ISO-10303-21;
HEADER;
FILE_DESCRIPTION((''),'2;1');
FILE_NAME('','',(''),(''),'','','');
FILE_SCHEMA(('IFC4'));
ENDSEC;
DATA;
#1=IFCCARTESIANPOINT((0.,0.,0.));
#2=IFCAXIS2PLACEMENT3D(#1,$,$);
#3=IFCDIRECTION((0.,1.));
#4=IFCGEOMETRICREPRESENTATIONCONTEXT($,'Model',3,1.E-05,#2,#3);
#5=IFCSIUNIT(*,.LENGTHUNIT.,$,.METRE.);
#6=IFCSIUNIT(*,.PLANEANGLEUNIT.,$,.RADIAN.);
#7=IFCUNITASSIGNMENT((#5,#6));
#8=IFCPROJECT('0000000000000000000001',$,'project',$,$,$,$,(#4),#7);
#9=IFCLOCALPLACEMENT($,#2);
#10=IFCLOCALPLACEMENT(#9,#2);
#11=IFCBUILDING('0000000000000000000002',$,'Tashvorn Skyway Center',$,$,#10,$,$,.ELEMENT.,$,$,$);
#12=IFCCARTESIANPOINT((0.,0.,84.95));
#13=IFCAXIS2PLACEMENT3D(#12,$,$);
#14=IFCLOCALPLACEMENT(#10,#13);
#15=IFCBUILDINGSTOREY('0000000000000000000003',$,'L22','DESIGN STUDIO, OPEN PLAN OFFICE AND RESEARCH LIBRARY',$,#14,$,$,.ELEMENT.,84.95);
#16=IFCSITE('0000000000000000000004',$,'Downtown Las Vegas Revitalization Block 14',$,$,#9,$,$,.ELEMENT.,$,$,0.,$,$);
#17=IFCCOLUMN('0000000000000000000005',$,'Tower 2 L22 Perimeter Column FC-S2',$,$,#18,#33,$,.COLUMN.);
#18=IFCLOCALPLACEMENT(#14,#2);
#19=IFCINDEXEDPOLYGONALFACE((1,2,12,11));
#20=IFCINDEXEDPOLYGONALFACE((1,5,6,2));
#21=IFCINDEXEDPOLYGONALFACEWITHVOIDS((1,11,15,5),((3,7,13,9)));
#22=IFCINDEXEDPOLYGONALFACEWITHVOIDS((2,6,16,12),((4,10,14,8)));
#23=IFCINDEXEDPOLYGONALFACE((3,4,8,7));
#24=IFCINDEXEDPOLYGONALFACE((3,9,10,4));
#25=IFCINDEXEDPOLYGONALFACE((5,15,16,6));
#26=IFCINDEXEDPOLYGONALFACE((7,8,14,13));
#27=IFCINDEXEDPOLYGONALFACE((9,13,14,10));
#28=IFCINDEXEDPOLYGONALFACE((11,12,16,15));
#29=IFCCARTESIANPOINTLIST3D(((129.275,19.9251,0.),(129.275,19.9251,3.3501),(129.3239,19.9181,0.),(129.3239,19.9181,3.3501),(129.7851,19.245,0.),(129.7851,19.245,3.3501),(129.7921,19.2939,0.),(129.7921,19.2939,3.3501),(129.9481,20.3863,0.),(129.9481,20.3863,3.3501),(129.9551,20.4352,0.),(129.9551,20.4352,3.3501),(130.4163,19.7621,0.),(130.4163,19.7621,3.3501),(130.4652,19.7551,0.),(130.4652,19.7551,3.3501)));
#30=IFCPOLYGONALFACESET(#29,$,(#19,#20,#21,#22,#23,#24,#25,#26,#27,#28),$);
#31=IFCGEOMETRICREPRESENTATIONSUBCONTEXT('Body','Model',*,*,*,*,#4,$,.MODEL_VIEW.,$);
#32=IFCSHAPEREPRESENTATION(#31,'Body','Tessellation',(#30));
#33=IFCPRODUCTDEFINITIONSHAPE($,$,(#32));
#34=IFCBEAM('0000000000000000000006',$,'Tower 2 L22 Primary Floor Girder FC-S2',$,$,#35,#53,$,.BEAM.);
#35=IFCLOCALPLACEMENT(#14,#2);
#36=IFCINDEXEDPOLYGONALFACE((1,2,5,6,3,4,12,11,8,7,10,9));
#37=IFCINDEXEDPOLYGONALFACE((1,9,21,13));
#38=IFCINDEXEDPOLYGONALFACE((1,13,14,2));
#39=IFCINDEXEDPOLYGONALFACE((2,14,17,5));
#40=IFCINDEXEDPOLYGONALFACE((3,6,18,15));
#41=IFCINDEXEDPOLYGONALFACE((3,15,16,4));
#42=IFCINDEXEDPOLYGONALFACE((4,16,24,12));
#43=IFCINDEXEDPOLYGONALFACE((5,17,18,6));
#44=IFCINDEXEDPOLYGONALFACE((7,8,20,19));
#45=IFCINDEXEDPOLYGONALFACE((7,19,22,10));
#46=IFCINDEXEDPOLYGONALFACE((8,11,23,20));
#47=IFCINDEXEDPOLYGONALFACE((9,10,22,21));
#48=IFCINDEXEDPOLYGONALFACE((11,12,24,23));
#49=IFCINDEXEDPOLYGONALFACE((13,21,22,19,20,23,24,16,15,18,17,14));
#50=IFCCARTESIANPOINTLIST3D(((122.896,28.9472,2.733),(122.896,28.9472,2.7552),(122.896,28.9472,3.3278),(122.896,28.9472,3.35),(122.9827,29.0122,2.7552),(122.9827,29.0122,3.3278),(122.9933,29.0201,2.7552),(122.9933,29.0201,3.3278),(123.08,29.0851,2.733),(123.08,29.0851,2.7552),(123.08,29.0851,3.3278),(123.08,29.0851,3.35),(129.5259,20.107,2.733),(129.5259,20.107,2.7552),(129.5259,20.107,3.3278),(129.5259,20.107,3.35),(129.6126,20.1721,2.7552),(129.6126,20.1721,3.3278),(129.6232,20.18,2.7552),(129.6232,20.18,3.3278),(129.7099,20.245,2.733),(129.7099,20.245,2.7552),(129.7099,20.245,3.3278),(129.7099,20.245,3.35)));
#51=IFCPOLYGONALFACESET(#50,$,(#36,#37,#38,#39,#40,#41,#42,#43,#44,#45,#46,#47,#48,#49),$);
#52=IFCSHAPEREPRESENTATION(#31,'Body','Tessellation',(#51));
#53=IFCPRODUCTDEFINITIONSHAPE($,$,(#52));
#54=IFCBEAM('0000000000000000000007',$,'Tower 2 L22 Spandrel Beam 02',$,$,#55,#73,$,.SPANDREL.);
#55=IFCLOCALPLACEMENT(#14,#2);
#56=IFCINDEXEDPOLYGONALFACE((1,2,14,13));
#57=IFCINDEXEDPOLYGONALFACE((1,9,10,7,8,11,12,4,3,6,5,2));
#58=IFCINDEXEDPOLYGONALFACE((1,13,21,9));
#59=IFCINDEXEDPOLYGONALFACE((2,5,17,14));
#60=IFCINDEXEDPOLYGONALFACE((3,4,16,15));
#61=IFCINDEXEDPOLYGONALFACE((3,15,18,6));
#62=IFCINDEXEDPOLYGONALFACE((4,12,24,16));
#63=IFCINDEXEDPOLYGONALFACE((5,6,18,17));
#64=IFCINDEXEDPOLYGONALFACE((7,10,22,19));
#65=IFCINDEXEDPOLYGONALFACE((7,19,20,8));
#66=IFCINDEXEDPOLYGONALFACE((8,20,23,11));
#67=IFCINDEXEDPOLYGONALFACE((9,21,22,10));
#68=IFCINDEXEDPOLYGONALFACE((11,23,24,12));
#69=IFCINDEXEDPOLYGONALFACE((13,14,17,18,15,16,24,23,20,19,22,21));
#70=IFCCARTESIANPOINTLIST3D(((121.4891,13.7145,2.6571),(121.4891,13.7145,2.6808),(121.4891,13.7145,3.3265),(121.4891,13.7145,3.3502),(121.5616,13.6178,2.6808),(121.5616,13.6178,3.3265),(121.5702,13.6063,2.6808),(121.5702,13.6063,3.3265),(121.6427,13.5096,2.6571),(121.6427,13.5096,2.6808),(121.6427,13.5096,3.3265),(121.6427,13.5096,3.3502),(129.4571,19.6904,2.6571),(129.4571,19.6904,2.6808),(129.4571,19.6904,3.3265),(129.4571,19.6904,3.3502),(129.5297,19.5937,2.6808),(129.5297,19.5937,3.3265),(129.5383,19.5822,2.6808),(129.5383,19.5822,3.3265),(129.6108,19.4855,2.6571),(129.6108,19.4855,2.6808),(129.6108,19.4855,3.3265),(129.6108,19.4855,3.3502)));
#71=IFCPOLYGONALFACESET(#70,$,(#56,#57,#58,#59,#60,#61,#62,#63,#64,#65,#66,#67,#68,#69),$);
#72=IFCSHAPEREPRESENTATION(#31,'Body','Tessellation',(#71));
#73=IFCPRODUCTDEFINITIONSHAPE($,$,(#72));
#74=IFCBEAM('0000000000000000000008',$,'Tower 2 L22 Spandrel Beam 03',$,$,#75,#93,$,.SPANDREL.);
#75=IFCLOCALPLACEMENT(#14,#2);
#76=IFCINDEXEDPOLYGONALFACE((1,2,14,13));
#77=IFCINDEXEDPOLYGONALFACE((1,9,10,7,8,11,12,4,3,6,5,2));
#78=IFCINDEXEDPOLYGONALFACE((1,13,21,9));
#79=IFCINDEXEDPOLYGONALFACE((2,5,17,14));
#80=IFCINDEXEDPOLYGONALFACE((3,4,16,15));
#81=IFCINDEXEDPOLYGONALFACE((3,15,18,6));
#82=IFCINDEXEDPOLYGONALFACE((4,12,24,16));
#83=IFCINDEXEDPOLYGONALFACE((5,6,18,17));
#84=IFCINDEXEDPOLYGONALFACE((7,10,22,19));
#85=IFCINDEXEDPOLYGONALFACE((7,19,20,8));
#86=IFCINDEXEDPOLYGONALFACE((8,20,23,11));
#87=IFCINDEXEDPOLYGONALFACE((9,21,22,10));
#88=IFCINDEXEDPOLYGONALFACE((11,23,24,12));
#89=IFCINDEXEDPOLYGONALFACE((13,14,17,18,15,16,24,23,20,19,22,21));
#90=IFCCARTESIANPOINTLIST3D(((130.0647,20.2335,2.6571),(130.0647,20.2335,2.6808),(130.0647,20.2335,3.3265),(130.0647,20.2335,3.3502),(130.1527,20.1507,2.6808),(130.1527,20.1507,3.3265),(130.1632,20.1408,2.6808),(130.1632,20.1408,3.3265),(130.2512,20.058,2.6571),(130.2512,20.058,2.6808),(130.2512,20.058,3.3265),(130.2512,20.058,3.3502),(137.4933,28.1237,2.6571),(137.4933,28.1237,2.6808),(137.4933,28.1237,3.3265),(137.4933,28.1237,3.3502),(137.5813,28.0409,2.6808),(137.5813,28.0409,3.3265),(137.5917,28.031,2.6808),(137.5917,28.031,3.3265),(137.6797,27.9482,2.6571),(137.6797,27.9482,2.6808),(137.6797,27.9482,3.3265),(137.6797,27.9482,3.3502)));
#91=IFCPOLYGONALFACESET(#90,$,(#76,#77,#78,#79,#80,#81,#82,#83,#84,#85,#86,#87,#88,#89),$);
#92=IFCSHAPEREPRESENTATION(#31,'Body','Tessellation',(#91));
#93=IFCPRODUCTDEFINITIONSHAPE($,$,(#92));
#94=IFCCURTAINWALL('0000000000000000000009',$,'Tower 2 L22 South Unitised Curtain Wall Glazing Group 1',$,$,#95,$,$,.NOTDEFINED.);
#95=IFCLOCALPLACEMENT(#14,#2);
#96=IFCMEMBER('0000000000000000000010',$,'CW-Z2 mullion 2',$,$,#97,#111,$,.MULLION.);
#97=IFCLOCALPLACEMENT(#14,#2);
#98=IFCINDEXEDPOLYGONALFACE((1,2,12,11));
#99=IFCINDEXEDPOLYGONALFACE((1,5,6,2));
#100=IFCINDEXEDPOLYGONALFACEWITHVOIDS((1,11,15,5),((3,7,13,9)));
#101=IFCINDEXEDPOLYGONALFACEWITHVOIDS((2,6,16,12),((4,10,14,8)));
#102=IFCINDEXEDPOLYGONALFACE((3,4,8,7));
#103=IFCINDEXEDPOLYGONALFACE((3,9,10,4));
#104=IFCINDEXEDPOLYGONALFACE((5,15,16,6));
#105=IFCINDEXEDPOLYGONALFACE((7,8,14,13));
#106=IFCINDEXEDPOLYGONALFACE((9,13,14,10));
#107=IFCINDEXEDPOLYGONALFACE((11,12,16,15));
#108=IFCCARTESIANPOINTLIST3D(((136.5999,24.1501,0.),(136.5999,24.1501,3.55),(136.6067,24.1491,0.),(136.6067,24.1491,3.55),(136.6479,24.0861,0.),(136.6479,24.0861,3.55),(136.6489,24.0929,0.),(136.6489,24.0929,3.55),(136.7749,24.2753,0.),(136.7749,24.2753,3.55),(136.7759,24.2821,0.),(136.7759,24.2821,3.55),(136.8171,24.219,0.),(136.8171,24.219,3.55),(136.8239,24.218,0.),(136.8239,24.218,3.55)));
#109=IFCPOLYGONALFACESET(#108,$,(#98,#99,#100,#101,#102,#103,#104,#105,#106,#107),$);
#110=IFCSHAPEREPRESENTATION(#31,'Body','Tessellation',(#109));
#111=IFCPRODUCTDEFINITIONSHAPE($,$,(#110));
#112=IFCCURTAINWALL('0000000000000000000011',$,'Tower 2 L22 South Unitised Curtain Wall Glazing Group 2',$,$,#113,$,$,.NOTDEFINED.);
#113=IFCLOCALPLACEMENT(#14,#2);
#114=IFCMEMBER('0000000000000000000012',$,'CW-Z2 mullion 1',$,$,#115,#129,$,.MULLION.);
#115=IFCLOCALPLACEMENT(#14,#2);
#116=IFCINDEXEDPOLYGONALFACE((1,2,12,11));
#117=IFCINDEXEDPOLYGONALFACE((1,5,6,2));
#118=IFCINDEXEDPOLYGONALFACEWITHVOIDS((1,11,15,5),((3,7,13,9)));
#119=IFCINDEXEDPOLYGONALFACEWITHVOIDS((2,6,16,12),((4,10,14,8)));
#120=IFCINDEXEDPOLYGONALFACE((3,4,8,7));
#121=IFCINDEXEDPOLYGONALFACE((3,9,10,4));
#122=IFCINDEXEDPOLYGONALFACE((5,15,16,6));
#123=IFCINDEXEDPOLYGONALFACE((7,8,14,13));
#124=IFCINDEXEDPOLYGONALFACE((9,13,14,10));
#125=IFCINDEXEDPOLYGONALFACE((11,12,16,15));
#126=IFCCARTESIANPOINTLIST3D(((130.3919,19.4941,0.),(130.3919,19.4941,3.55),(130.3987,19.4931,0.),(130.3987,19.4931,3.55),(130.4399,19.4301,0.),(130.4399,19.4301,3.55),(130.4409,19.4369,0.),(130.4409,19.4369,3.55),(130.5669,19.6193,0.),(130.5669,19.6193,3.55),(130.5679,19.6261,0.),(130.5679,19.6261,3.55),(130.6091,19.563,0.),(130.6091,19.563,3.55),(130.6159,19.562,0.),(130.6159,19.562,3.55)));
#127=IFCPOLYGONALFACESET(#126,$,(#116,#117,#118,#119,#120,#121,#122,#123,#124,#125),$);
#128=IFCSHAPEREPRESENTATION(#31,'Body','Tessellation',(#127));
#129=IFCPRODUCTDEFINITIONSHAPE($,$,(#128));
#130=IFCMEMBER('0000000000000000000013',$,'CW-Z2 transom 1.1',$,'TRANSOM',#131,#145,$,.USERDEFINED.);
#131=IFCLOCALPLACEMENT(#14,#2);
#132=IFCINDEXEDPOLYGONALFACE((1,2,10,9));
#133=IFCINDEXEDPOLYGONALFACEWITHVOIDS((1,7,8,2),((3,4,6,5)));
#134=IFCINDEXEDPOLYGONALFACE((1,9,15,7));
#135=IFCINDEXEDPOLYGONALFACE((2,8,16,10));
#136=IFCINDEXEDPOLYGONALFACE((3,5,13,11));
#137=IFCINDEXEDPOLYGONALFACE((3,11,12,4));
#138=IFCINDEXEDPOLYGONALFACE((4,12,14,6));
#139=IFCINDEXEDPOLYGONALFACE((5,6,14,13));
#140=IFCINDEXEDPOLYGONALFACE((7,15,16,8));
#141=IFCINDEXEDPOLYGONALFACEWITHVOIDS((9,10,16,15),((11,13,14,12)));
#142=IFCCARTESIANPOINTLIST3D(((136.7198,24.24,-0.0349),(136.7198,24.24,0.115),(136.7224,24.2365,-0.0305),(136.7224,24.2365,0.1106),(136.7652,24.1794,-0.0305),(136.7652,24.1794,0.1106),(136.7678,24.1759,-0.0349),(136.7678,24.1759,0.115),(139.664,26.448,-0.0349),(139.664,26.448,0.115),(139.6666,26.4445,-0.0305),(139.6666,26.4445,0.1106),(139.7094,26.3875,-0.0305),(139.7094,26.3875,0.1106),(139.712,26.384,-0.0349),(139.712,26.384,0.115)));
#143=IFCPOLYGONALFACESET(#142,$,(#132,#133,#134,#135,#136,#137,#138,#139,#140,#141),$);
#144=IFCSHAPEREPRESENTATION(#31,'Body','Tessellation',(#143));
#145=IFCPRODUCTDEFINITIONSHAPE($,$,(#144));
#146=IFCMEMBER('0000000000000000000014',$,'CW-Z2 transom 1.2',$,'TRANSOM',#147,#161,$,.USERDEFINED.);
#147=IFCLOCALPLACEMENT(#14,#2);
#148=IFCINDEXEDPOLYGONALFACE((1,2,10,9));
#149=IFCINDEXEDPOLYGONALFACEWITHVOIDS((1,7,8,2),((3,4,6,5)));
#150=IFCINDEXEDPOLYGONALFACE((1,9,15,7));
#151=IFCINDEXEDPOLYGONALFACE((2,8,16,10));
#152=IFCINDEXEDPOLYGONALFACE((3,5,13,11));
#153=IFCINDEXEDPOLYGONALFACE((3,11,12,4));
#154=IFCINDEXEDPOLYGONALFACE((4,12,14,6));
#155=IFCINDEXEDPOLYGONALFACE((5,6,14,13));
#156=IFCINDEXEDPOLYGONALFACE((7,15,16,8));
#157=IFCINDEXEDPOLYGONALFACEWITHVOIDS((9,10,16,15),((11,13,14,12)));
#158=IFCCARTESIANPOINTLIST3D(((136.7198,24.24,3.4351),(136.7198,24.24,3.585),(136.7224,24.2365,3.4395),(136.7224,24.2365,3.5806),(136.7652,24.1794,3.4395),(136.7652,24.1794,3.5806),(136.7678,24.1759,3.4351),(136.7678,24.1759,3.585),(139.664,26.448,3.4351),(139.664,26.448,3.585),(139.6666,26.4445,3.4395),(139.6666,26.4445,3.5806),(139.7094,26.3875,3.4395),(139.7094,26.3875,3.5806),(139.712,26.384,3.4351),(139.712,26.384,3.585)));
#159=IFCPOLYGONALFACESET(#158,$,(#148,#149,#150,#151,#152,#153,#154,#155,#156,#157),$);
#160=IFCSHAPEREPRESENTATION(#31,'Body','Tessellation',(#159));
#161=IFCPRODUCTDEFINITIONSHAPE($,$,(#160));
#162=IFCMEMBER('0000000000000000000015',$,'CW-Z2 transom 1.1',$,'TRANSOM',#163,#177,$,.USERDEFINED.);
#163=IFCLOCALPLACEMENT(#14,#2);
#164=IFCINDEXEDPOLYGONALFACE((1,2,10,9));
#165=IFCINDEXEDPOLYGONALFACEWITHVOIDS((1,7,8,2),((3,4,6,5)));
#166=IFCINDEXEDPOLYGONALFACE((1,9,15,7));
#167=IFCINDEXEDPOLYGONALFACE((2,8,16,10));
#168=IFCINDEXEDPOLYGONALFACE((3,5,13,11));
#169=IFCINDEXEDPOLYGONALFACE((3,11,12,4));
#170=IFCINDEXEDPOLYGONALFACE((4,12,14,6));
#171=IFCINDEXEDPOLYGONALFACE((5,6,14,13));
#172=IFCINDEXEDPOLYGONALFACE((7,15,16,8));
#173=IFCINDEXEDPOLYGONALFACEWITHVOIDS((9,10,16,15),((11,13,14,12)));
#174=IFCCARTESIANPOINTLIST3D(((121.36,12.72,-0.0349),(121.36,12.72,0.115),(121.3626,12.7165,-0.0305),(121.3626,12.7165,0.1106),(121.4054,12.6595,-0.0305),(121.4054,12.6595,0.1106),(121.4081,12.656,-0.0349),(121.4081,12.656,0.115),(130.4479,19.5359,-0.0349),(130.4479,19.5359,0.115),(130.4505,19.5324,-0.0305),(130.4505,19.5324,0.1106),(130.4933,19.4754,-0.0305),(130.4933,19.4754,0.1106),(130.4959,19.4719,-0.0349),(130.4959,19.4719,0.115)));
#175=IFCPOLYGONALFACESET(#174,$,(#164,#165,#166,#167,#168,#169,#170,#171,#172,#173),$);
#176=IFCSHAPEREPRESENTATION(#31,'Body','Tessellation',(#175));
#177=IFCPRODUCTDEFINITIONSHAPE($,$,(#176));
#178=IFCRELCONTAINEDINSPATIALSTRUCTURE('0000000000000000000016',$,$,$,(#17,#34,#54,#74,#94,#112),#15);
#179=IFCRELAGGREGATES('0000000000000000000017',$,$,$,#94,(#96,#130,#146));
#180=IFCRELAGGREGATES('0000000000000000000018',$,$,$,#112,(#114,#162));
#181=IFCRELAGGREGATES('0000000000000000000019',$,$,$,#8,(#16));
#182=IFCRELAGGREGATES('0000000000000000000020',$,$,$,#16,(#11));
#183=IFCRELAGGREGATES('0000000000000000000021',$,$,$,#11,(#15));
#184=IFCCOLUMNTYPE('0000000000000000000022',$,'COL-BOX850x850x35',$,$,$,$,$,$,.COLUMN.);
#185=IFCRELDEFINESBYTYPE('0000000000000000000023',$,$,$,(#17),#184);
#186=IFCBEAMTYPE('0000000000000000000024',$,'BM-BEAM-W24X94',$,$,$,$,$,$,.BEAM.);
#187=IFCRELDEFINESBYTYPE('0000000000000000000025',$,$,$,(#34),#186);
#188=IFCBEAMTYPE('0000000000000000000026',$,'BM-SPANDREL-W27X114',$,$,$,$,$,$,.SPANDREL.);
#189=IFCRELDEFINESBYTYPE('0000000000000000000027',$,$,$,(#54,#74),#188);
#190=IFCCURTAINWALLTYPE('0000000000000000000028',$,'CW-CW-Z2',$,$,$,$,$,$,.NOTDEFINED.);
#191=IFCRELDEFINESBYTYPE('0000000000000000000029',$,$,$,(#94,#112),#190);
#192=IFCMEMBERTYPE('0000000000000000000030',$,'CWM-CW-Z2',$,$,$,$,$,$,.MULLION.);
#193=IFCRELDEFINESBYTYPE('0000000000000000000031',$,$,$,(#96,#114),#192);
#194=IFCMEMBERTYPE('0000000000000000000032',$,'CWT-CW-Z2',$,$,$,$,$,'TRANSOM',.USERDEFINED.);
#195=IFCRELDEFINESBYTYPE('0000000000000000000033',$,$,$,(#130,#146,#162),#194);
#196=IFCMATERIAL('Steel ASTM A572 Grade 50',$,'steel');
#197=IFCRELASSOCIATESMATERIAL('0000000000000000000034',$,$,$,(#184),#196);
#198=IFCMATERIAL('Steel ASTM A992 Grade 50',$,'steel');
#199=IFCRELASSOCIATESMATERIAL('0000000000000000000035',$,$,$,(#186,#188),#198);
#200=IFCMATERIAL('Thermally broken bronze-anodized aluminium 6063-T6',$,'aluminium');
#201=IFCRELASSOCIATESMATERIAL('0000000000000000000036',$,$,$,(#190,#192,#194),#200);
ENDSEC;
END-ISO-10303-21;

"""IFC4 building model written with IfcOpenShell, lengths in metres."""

from ifc_helpers import new_model, si_unit, direction, frame, origin, origin_2d, place, context, subcontext, project, spatial, hollow_rectangle, i_section, extrude, material, material_profile, profile_set, type_object, element, aggregate, save


model = new_model("IFC4")

# Units and contexts
model_context = context("Model", 3, precision=1e-05, world=origin(), true_north=direction((0.0, 1.0)))
body_context = subcontext(model_context, "Body", "Model", "MODEL_VIEW")
ifc_project = project(units=[si_unit("LENGTHUNIT", "METRE"), si_unit("PLANEANGLEUNIT", "RADIAN")], contexts=[model_context])

# Site, building, storey
site_placement = place(None, origin())
site = spatial("IfcSite", under=ifc_project, at=site_placement, Name="Downtown Las Vegas Revitalization Block 14", CompositionType="ELEMENT", RefElevation=0.0)
building_placement = place(site_placement, origin())
building = spatial("IfcBuilding", under=site, at=building_placement, Name="Tashvorn Skyway Center", CompositionType="ELEMENT")
storey_placement = place(building_placement, frame((0.0, 0.0, 84.95)))
storey = spatial("IfcBuildingStorey", under=building, at=storey_placement, Name="L22", Description="DESIGN STUDIO, OPEN PLAN OFFICE AND RESEARCH LIBRARY", CompositionType="ELEMENT", Elevation=84.95)

# Column
ifc_material_1 = material(Name="Steel ASTM A572 Grade 50", Category="steel")
ifc_material_profile_1 = material_profile(ifc_material_1, hollow_rectangle(XDim=0.8501, YDim=0.8501, WallThickness=0.0349, at=origin_2d()), Name="BOX850x850x35")
ifc_profile_set_1 = profile_set([ifc_material_profile_1], Name="Steel ASTM A572 Grade 50")
column_type = type_object("IfcColumnType", Name="COL-BOX850x850x35", PredefinedType="COLUMN", material=ifc_profile_set_1)
column_placement = place(storey_placement, frame((129.8701, 19.8401, 0.0), z_axis=(0.0, 0.0, 1.0), x_axis=(0.8, 0.6, 0.0)))
element("IfcColumn", 1, at=column_placement, inside=storey, type_object=column_type, Name="Tower 2 L22 Perimeter Column FC-S2", PredefinedType="COLUMN", context=body_context, shape_type="SweptSolid", body=[
    extrude(hollow_rectangle(XDim=0.8501, YDim=0.8501, WallThickness=0.0349, at=origin_2d()), origin(), (0.0, 0.0, 1.0), 3.3501),
])

# Beams
ifc_material_2 = material(Name="Steel ASTM A992 Grade 50", Category="steel")
ifc_material_profile_2 = material_profile(ifc_material_2, i_section(OverallWidth=0.23, OverallDepth=0.6169, WebThickness=0.0132, FlangeThickness=0.0222, at=origin_2d()), Name="W24X94")
ifc_profile_set_2 = profile_set([ifc_material_profile_2], Name="Steel ASTM A992 Grade 50")
beam_type_1 = type_object("IfcBeamType", Name="BM-BEAM-W24X94", PredefinedType="BEAM", material=ifc_profile_set_2)
beam_1_placement = place(storey_placement, frame((129.6179, 20.176, 3.0415), z_axis=(-0.599989, 0.800008, 0.0), x_axis=(-0.800008, -0.599989, 0.0)))
element("IfcBeam", 2, at=beam_1_placement, inside=storey, type_object=beam_type_1, Name="Tower 2 L22 Primary Floor Girder FC-S2", PredefinedType="BEAM", context=body_context, shape_type="SweptSolid", body=[
    extrude(i_section(OverallWidth=0.23, OverallDepth=0.6169, WebThickness=0.0132, FlangeThickness=0.0222, at=origin_2d()), origin(), (0.0, 0.0, 1.0), 11.05),
])
ifc_material_profile_3 = material_profile(ifc_material_2, i_section(OverallWidth=0.2561, OverallDepth=0.6931, WebThickness=0.0144, FlangeThickness=0.0237, at=origin_2d()), Name="W27X114")
ifc_profile_set_3 = profile_set([ifc_material_profile_3], Name="Steel ASTM A992 Grade 50")
beam_type_2 = type_object("IfcBeamType", Name="BM-SPANDREL-W27X114", PredefinedType="SPANDREL", material=ifc_profile_set_3)
beam_2_placement = place(storey_placement, frame((121.5659, 13.6121, 3.0037), z_axis=(0.800009, 0.599988, 0.0), x_axis=(-0.599988, 0.800009, 0.0)))
element("IfcBeam", 3, at=beam_2_placement, inside=storey, type_object=beam_type_2, Name="Tower 2 L22 Spandrel Beam 02", PredefinedType="SPANDREL", context=body_context, shape_type="SweptSolid", body=[
    extrude(i_section(OverallWidth=0.2561, OverallDepth=0.6931, WebThickness=0.0144, FlangeThickness=0.0237, at=origin_2d()), origin(), (0.0, 0.0, 1.0), 9.96),
])
beam_3_placement = place(storey_placement, frame((130.158, 20.1458, 3.0037), z_axis=(0.685485, 0.728087, 0.0), x_axis=(-0.728087, 0.685485, 0.0)))
element("IfcBeam", 4, at=beam_3_placement, inside=storey, type_object=beam_type_2, Name="Tower 2 L22 Spandrel Beam 03", PredefinedType="SPANDREL", context=body_context, shape_type="SweptSolid", body=[
    extrude(i_section(OverallWidth=0.2561, OverallDepth=0.6931, WebThickness=0.0144, FlangeThickness=0.0237, at=origin_2d()), origin(), (0.0, 0.0, 1.0), 10.8369),
])

# Curtain walls, members
ifc_material_3 = material(Name="Thermally broken bronze-anodized aluminium 6063-T6", Category="aluminium")
curtain_wall_type = type_object("IfcCurtainWallType", Name="CW-CW-Z2", PredefinedType="NOTDEFINED", material=ifc_material_3)
curtain_wall_1_placement = place(storey_placement, origin())
curtain_wall_1 = element("IfcCurtainWall", 5, at=curtain_wall_1_placement, inside=storey, type_object=curtain_wall_type, Name="Tower 2 L22 South Unitised Curtain Wall Glazing Group 1", PredefinedType="NOTDEFINED")
ifc_material_profile_4 = material_profile(ifc_material_3, hollow_rectangle(XDim=0.0801, YDim=0.22, WallThickness=0.0049, at=origin_2d()), Name="ALU-MULL-80x220")
ifc_profile_set_4 = profile_set([ifc_material_profile_4], Name="Thermally broken bronze-anodized aluminium 6063-T6")
member_type_1 = type_object("IfcMemberType", Name="CWM-CW-Z2", PredefinedType="MULLION", material=ifc_profile_set_4)
member_1_placement = place(storey_placement, frame((136.7119, 24.1841, 0.0), z_axis=(0.0, 0.0, 1.0), x_axis=(0.6, -0.8, 0.0)))
member_1 = element("IfcMember", 6, at=member_1_placement, type_object=member_type_1, Name="CW-Z2 mullion 2", PredefinedType="MULLION", context=body_context, shape_type="SweptSolid", body=[
    extrude(hollow_rectangle(XDim=0.0801, YDim=0.22, WallThickness=0.0049, at=origin_2d()), origin(), (0.0, 0.0, 1.0), 3.55),
])
curtain_wall_2_placement = place(storey_placement, origin())
curtain_wall_2 = element("IfcCurtainWall", 7, at=curtain_wall_2_placement, inside=storey, type_object=curtain_wall_type, Name="Tower 2 L22 South Unitised Curtain Wall Glazing Group 2", PredefinedType="NOTDEFINED")
member_2_placement = place(storey_placement, frame((130.5039, 19.5281, 0.0), z_axis=(0.0, 0.0, 1.0), x_axis=(0.6, -0.8, 0.0)))
member_2 = element("IfcMember", 8, at=member_2_placement, type_object=member_type_1, Name="CW-Z2 mullion 1", PredefinedType="MULLION", context=body_context, shape_type="SweptSolid", body=[
    extrude(hollow_rectangle(XDim=0.0801, YDim=0.22, WallThickness=0.0049, at=origin_2d()), origin(), (0.0, 0.0, 1.0), 3.55),
])

# Members
ifc_material_profile_5 = material_profile(ifc_material_3, hollow_rectangle(XDim=0.0801, YDim=0.1499, WallThickness=0.0044, at=origin_2d()), Name="ALU-TRAN-80x150")
ifc_profile_set_5 = profile_set([ifc_material_profile_5], Name="Thermally broken bronze-anodized aluminium 6063-T6")
member_type_2 = type_object("IfcMemberType", Name="CWT-CW-Z2", ElementType="TRANSOM", PredefinedType="USERDEFINED", material=ifc_profile_set_5)
member_3_placement = place(storey_placement, frame((139.688, 26.416, 0.04), z_axis=(-0.800008, -0.599989, 0.0), x_axis=(0.599989, -0.800008, 0.0)))
member_3 = element("IfcMember", 9, at=member_3_placement, type_object=member_type_2, Name="CW-Z2 transom 1.1", ObjectType="TRANSOM", PredefinedType="USERDEFINED", context=body_context, shape_type="SweptSolid", body=[
    extrude(hollow_rectangle(XDim=0.0801, YDim=0.1499, WallThickness=0.0044, at=origin_2d()), origin(), (0.0, 0.0, 1.0), 3.6802),
])
member_4_placement = place(storey_placement, frame((139.688, 26.416, 3.51), z_axis=(-0.800008, -0.599989, 0.0), x_axis=(0.599989, -0.800008, 0.0)))
member_4 = element("IfcMember", 10, at=member_4_placement, type_object=member_type_2, Name="CW-Z2 transom 1.2", ObjectType="TRANSOM", PredefinedType="USERDEFINED", context=body_context, shape_type="SweptSolid", body=[
    extrude(hollow_rectangle(XDim=0.0801, YDim=0.1499, WallThickness=0.0044, at=origin_2d()), origin(), (0.0, 0.0, 1.0), 3.6802),
])
member_5_placement = place(storey_placement, frame((130.4719, 19.5039, 0.04), z_axis=(-0.8, -0.6, 0.0), x_axis=(0.6, -0.8, 0.0)))
member_5 = element("IfcMember", 11, at=member_5_placement, type_object=member_type_2, Name="CW-Z2 transom 1.1", ObjectType="TRANSOM", PredefinedType="USERDEFINED", context=body_context, shape_type="SweptSolid", body=[
    extrude(hollow_rectangle(XDim=0.0801, YDim=0.1499, WallThickness=0.0044, at=origin_2d()), origin(), (0.0, 0.0, 1.0), 11.3599),
])

aggregate(curtain_wall_1, [member_1, member_3, member_4])
aggregate(curtain_wall_2, [member_2, member_5])

save(model, "model.ifc")
